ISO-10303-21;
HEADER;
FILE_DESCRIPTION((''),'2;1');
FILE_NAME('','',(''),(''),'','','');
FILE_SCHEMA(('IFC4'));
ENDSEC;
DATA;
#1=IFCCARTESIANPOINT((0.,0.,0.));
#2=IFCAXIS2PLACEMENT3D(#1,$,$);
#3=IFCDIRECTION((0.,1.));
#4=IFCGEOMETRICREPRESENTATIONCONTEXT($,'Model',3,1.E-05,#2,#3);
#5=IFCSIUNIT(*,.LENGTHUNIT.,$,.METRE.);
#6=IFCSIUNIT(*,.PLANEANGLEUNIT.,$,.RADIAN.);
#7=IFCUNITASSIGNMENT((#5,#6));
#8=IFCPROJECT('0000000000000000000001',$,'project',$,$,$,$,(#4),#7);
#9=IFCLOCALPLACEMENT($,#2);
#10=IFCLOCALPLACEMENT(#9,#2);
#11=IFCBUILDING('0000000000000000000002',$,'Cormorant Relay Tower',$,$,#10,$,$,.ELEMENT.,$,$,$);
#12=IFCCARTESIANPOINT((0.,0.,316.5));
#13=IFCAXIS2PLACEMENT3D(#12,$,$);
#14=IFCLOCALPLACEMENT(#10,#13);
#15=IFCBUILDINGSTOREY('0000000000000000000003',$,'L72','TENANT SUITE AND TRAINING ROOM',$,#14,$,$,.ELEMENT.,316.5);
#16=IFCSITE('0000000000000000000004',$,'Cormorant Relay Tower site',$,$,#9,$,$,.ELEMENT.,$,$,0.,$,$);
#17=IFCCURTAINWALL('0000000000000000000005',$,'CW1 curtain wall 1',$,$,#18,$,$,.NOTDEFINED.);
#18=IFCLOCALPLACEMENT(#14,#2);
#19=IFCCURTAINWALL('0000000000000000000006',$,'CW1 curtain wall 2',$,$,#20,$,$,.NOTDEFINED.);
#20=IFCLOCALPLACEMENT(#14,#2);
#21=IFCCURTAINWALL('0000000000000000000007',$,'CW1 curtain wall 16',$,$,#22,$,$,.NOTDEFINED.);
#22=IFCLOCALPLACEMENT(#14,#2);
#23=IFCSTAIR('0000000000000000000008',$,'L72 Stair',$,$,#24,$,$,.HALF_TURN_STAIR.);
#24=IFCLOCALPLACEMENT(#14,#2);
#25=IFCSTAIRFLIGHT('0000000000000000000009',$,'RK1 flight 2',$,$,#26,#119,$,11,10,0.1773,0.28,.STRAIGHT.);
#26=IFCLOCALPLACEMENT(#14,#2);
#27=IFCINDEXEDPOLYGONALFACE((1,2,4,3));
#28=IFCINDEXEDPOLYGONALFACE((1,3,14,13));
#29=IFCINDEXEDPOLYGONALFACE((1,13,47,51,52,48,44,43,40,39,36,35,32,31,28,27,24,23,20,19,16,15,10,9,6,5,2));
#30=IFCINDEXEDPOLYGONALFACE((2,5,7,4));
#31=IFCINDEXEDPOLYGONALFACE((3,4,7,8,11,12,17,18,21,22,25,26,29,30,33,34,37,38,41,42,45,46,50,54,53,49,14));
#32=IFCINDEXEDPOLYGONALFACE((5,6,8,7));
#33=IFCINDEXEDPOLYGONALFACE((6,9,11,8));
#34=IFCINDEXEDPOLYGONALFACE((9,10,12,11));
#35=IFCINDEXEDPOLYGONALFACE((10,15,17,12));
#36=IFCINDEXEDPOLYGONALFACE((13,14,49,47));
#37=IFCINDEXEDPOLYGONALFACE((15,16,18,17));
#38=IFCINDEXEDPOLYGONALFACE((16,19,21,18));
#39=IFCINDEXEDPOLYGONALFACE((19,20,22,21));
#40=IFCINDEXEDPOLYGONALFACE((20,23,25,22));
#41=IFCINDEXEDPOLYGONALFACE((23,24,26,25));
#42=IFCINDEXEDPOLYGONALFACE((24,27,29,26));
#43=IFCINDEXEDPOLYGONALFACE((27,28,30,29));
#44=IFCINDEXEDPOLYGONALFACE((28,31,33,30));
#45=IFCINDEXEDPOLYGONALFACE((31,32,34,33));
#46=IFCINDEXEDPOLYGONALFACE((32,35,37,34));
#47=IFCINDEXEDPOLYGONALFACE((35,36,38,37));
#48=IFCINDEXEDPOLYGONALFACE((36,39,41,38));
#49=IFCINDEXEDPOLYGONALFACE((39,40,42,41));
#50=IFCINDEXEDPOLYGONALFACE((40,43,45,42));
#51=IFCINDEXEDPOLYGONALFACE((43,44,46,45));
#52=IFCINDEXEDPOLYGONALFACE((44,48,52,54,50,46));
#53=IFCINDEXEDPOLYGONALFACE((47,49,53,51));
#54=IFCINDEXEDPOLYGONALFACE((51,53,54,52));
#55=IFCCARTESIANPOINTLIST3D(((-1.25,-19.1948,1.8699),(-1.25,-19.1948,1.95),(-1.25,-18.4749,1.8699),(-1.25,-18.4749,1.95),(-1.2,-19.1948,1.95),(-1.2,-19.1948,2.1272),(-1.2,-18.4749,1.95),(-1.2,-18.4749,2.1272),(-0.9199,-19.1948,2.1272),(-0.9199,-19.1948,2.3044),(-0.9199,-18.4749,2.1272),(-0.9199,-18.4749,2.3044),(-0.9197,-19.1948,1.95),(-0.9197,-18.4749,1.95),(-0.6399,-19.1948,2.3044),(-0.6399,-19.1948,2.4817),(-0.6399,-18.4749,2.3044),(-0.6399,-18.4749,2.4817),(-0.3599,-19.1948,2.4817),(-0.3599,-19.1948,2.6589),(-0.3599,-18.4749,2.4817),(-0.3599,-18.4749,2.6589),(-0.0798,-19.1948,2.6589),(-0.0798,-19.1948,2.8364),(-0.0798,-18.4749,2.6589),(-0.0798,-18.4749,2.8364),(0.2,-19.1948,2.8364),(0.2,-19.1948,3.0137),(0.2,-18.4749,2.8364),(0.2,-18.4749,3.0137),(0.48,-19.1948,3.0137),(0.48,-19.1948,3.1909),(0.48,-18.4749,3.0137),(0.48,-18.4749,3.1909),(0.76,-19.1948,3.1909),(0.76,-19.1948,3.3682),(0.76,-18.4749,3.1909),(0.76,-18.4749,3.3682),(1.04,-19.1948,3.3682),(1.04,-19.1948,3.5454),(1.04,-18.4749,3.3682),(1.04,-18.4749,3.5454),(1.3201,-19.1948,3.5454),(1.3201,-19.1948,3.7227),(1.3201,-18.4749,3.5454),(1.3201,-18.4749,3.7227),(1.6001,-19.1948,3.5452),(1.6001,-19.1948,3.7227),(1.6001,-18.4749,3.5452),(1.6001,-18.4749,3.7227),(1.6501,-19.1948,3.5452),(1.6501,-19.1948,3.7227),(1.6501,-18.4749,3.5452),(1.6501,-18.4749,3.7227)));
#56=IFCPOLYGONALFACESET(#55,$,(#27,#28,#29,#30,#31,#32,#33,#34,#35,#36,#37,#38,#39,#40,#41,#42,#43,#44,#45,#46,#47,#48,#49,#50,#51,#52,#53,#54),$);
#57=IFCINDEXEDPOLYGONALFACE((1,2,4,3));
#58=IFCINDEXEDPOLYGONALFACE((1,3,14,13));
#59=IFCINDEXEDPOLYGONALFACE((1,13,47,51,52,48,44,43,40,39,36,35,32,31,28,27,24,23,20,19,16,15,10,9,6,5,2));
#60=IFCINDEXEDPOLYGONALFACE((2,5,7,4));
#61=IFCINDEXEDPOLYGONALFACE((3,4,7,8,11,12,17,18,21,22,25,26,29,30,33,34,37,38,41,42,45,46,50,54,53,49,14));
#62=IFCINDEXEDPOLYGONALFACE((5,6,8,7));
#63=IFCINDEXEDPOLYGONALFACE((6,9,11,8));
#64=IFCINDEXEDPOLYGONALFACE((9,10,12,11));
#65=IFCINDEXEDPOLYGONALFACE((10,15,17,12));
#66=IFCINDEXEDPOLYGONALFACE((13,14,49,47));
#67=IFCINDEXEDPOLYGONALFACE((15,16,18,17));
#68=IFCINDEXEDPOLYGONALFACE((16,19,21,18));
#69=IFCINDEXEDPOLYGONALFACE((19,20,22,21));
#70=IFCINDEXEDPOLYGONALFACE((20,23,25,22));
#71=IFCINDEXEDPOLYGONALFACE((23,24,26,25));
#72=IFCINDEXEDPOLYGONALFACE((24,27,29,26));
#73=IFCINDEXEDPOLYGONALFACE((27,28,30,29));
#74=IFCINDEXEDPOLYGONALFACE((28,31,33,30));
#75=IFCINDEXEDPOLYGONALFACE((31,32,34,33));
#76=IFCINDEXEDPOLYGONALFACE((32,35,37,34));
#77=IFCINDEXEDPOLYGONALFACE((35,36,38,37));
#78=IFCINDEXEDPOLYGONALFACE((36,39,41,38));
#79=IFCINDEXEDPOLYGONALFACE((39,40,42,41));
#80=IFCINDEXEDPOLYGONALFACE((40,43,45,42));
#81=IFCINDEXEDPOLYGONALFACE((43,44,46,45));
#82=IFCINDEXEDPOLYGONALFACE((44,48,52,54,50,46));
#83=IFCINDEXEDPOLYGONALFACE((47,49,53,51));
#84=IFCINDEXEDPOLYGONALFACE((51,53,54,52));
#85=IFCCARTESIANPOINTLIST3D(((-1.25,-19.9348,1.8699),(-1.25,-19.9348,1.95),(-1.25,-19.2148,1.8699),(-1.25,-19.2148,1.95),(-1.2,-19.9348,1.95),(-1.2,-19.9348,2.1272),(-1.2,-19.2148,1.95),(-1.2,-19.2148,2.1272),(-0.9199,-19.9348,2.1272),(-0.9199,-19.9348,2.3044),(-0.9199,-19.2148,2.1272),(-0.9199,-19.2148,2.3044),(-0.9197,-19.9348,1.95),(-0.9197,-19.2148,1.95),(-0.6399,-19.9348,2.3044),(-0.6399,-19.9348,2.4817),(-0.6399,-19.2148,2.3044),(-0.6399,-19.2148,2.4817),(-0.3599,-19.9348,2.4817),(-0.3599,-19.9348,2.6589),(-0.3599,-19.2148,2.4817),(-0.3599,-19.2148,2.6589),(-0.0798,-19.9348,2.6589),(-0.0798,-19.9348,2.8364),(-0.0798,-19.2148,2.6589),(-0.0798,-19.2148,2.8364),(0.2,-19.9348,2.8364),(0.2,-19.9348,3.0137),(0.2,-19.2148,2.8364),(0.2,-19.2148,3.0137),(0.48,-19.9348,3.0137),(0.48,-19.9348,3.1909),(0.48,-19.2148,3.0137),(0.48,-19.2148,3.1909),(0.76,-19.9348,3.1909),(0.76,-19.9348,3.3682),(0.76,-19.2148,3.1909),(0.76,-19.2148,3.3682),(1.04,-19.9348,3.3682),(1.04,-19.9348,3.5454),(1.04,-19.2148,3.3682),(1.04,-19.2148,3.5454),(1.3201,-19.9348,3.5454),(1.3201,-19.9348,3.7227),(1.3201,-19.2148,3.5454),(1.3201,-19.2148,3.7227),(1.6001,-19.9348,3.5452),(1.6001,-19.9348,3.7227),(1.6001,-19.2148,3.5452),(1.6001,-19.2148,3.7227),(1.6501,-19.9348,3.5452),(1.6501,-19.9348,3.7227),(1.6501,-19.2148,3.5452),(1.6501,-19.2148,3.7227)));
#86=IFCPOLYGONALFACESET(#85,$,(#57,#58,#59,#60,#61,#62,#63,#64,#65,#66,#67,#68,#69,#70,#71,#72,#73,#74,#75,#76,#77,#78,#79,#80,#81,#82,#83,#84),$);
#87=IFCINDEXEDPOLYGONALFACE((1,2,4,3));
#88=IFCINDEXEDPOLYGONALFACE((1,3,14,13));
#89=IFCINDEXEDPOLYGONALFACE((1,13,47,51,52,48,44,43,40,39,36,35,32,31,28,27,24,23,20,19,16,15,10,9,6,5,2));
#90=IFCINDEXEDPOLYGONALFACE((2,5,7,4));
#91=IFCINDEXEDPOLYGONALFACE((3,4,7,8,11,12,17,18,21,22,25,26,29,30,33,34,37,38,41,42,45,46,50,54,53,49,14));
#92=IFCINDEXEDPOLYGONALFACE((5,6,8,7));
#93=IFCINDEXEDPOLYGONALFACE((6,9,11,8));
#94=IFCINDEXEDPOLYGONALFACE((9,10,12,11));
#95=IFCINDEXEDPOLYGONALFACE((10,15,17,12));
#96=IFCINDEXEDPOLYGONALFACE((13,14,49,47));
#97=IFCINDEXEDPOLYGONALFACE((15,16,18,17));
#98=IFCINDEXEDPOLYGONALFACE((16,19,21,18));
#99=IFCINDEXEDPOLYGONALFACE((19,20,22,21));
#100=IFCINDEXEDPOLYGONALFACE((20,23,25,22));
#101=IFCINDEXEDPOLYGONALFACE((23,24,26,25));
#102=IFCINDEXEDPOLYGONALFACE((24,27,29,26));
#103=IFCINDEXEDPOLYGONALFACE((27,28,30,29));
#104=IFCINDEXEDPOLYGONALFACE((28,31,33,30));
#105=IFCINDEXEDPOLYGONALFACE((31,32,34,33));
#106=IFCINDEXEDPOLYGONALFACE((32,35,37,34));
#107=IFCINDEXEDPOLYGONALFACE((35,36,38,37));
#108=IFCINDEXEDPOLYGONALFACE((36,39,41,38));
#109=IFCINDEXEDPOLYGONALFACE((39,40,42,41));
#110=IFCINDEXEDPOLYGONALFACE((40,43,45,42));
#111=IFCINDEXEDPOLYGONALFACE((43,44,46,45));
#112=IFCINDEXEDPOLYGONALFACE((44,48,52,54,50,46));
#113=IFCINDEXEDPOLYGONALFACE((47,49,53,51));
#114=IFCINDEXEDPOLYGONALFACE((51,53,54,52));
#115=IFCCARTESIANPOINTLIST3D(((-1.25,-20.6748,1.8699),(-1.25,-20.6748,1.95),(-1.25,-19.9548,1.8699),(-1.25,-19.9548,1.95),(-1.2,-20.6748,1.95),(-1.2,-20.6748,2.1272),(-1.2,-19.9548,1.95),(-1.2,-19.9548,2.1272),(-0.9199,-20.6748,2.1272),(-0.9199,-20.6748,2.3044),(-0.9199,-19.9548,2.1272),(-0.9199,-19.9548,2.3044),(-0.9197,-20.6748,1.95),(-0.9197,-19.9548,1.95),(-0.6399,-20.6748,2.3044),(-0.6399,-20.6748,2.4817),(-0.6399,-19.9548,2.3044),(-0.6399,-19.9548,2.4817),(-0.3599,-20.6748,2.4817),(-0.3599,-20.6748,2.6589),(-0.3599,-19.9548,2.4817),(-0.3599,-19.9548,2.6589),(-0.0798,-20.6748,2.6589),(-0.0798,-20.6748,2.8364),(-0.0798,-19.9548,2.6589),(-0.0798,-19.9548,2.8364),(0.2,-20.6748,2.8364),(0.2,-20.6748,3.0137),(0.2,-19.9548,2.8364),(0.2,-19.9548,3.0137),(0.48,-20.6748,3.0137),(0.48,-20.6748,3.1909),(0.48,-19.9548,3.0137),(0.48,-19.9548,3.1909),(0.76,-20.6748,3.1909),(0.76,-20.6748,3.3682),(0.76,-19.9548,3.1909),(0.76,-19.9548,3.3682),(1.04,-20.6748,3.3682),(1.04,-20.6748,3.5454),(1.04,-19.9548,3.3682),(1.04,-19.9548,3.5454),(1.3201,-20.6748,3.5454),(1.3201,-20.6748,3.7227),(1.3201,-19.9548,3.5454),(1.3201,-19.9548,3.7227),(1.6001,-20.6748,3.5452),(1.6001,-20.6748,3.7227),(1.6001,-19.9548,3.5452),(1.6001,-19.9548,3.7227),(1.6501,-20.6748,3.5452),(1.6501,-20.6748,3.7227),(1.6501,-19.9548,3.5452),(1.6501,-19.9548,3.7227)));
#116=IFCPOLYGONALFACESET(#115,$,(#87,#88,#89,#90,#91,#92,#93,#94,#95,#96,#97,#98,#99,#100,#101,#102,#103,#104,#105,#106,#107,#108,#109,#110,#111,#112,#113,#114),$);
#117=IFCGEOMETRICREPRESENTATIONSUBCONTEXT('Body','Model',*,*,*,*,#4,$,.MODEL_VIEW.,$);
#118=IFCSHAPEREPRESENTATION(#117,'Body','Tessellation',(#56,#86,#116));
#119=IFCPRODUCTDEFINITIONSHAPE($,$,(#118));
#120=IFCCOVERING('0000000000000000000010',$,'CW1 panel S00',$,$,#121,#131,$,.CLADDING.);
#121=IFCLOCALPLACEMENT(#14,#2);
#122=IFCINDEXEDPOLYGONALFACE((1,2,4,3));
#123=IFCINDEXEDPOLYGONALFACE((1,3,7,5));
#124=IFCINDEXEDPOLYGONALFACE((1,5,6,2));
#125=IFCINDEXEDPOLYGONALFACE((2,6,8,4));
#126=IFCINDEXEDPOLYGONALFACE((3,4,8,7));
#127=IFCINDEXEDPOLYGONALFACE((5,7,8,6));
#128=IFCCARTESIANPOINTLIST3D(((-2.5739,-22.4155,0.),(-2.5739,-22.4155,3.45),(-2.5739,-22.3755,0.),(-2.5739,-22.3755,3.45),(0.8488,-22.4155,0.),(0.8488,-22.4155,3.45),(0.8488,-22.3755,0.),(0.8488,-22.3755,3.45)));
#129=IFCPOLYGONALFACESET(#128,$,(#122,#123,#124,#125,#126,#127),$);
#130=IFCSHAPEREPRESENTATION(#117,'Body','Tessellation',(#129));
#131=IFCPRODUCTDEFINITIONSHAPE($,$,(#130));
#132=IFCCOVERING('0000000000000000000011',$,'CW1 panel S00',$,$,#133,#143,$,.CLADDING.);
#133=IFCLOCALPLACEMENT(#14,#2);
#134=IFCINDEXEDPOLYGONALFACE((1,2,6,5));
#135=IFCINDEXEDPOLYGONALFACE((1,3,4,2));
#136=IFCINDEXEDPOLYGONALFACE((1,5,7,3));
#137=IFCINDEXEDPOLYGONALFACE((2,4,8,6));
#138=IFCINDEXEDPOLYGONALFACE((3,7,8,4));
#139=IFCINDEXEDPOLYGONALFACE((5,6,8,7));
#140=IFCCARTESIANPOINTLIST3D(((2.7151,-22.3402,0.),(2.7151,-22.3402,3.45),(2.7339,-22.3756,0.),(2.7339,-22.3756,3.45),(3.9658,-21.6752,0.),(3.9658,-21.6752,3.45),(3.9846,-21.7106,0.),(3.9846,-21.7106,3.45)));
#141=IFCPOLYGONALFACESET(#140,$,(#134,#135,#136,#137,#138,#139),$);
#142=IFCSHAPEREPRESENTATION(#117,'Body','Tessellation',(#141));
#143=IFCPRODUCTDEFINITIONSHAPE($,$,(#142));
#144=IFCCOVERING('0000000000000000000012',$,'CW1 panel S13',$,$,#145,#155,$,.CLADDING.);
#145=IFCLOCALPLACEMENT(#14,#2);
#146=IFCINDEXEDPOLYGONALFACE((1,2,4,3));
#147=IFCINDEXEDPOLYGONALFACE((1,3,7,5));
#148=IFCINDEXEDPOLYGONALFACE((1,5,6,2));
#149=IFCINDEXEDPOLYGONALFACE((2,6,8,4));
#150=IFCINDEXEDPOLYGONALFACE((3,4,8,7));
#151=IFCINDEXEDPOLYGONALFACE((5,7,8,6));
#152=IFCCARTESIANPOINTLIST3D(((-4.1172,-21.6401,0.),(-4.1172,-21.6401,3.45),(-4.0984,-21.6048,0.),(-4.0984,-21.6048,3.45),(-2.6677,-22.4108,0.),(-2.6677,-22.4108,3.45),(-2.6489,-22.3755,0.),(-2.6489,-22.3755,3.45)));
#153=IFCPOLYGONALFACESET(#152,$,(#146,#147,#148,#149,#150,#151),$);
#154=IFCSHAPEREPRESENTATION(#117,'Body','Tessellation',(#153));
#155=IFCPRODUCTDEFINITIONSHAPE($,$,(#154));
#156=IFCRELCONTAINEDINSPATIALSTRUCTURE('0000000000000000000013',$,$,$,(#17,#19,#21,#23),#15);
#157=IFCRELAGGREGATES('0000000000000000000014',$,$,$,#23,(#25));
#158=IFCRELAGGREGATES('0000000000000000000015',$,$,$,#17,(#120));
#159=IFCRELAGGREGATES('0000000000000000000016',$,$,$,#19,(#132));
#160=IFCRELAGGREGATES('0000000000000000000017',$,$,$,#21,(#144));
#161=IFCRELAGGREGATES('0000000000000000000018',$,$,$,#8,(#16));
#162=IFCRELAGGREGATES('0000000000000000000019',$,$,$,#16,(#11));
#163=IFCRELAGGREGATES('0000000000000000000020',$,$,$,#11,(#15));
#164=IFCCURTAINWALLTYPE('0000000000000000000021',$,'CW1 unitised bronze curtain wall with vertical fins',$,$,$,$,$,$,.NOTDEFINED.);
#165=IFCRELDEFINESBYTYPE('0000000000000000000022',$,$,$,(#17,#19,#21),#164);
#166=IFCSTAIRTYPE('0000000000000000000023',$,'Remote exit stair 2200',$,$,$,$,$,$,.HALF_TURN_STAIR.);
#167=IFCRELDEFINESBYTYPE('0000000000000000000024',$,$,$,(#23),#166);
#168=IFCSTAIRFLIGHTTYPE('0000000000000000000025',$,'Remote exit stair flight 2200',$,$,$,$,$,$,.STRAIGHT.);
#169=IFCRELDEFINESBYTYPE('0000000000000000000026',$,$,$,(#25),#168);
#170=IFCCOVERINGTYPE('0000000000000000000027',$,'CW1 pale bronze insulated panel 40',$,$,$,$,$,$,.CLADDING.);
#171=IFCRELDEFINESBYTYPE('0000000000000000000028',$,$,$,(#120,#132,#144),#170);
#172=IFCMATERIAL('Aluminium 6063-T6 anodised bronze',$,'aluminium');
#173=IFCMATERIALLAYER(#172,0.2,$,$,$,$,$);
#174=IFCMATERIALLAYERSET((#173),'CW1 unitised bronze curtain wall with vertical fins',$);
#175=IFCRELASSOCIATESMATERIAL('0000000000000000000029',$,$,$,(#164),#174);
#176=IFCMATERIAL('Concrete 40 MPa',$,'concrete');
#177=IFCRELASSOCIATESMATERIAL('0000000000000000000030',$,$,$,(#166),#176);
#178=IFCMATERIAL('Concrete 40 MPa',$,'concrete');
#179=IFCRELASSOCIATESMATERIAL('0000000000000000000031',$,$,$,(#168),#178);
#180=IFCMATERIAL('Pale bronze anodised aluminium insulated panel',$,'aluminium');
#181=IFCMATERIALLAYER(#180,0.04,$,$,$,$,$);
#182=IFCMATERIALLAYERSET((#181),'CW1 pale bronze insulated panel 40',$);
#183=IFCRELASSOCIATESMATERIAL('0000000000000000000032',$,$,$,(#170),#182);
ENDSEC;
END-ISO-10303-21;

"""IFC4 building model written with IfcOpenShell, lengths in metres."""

from ifc_helpers import new_model, si_unit, direction, frame, origin, origin_2d, place, context, subcontext, project, spatial, polyline, rectangle, outline, extrude, material, layer, layer_set, type_object, element, aggregate, save


model = new_model("IFC4")

# Units and contexts
model_context = context("Model", 3, precision=1e-05, world=origin(), true_north=direction((0.0, 1.0)))
body_context = subcontext(model_context, "Body", "Model", "MODEL_VIEW")
ifc_project = project(units=[si_unit("LENGTHUNIT", "METRE"), si_unit("PLANEANGLEUNIT", "RADIAN")], contexts=[model_context])

# Site, building, storey
site_placement = place(None, origin())
site = spatial("IfcSite", under=ifc_project, at=site_placement, Name="Cormorant Relay Tower site", CompositionType="ELEMENT", RefElevation=0.0)
building_placement = place(site_placement, origin())
building = spatial("IfcBuilding", under=site, at=building_placement, Name="Cormorant Relay Tower", CompositionType="ELEMENT")
storey_placement = place(building_placement, frame((0.0, 0.0, 316.5)))
storey = spatial("IfcBuildingStorey", under=building, at=storey_placement, Name="L72", Description="TENANT SUITE AND TRAINING ROOM", CompositionType="ELEMENT", Elevation=316.5)

# Curtain wall
ifc_material_1 = material(Name="Aluminium 6063-T6 anodised bronze", Category="aluminium")
ifc_layer_1 = layer(ifc_material_1, 0.2)
ifc_layer_set_1 = layer_set([ifc_layer_1], Name="CW1 unitised bronze curtain wall with vertical fins")
curtain_wall_type = type_object("IfcCurtainWallType", Name="CW1 unitised bronze curtain wall with vertical fins", PredefinedType="NOTDEFINED", material=ifc_layer_set_1)
curtain_wall_1_placement = place(storey_placement, origin())
curtain_wall_1 = element("IfcCurtainWall", 1, at=curtain_wall_1_placement, inside=storey, type_object=curtain_wall_type, Name="CW1 curtain wall 1", PredefinedType="NOTDEFINED")

# Curtain wall
curtain_wall_2_placement = place(storey_placement, origin())
curtain_wall_2 = element("IfcCurtainWall", 2, at=curtain_wall_2_placement, inside=storey, type_object=curtain_wall_type, Name="CW1 curtain wall 2", PredefinedType="NOTDEFINED")

# Curtain wall
curtain_wall_3_placement = place(storey_placement, origin())
curtain_wall_3 = element("IfcCurtainWall", 3, at=curtain_wall_3_placement, inside=storey, type_object=curtain_wall_type, Name="CW1 curtain wall 16", PredefinedType="NOTDEFINED")

# Stair, stair flight
ifc_material_2 = material(Name="Concrete 40 MPa", Category="concrete")
stair_type = type_object("IfcStairType", Name="Remote exit stair 2200", PredefinedType="HALF_TURN_STAIR", material=ifc_material_2)
stair_placement = place(storey_placement, origin())
stair = element("IfcStair", 4, at=stair_placement, inside=storey, type_object=stair_type, Name="L72 Stair", PredefinedType="HALF_TURN_STAIR")
ifc_material_3 = material(Name="Concrete 40 MPa", Category="concrete")
stair_flight_type = type_object("IfcStairFlightType", Name="Remote exit stair flight 2200", PredefinedType="STRAIGHT", material=ifc_material_3)
stair_flight_placement = place(storey_placement, frame((-1.2, -19.575, 1.95), z_axis=(0.0, 0.0, 1.0), x_axis=(1.0, 0.0, 0.0)))
stair_flight = element("IfcStairFlight", 5, at=stair_flight_placement, type_object=stair_flight_type, Name="RK1 flight 2", NumberOfRisers=11, NumberOfTreads=10, PredefinedType="STRAIGHT", RiserHeight=0.1773, TreadLength=0.28, context=body_context, shape_type="SweptSolid", body=[
    extrude(outline(polyline([(-0.05, -0.0801), (-0.05, 0.0), (0.0, 0.0), (0.0, 0.1772), (0.28, 0.1772), (0.28, 0.3545), (0.5601, 0.3545), (0.5601, 0.5317), (0.8401, 0.5317), (0.8401, 0.709), (1.1201, 0.709), (1.1201, 0.8865), (1.3999, 0.8865), (1.3999, 1.0637), (1.6799, 1.0637), (1.6799, 1.241), (1.96, 1.241), (1.96, 1.4182), (2.24, 1.4182), (2.24, 1.5955), (2.52, 1.5955), (2.52, 1.7727), (2.8, 1.7727), (2.8501, 1.7727), (2.8501, 1.5952), (2.8, 1.5952), (0.2803, 0.0), (-0.05, -0.0801)])), frame((0.0, 1.1001, 0.0), z_axis=(0.0, -1.0, 0.0), x_axis=(1.0, 0.0, 0.0)), (0.0, 0.0, 1.0), 0.72),
    extrude(outline(polyline([(-0.05, -0.0801), (-0.05, 0.0), (0.0, 0.0), (0.0, 0.1772), (0.28, 0.1772), (0.28, 0.3545), (0.5601, 0.3545), (0.5601, 0.5317), (0.8401, 0.5317), (0.8401, 0.709), (1.1201, 0.709), (1.1201, 0.8865), (1.3999, 0.8865), (1.3999, 1.0637), (1.6799, 1.0637), (1.6799, 1.241), (1.96, 1.241), (1.96, 1.4182), (2.24, 1.4182), (2.24, 1.5955), (2.52, 1.5955), (2.52, 1.7727), (2.8, 1.7727), (2.8501, 1.7727), (2.8501, 1.5952), (2.8, 1.5952), (0.2803, 0.0), (-0.05, -0.0801)])), frame((0.0, 0.3601, 0.0), z_axis=(0.0, -1.0, 0.0), x_axis=(1.0, 0.0, 0.0)), (0.0, 0.0, 1.0), 0.72),
    extrude(outline(polyline([(-0.05, -0.0801), (-0.05, 0.0), (0.0, 0.0), (0.0, 0.1772), (0.28, 0.1772), (0.28, 0.3545), (0.5601, 0.3545), (0.5601, 0.5317), (0.8401, 0.5317), (0.8401, 0.709), (1.1201, 0.709), (1.1201, 0.8865), (1.3999, 0.8865), (1.3999, 1.0637), (1.6799, 1.0637), (1.6799, 1.241), (1.96, 1.241), (1.96, 1.4182), (2.24, 1.4182), (2.24, 1.5955), (2.52, 1.5955), (2.52, 1.7727), (2.8, 1.7727), (2.8501, 1.7727), (2.8501, 1.5952), (2.8, 1.5952), (0.2803, 0.0), (-0.05, -0.0801)])), frame((0.0, -0.3799, 0.0), z_axis=(0.0, -1.0, 0.0), x_axis=(1.0, 0.0, 0.0)), (0.0, 0.0, 1.0), 0.72),
])
aggregate(stair, [stair_flight])

# Coverings
ifc_material_4 = material(Name="Pale bronze anodised aluminium insulated panel", Category="aluminium")
ifc_layer_2 = layer(ifc_material_4, 0.04)
ifc_layer_set_2 = layer_set([ifc_layer_2], Name="CW1 pale bronze insulated panel 40")
covering_type = type_object("IfcCoveringType", Name="CW1 pale bronze insulated panel 40", PredefinedType="CLADDING", material=ifc_layer_set_2)
covering_1_placement = place(storey_placement, frame((-0.8625, -22.3955, 0.0), z_axis=(0.0, 0.0, 1.0), x_axis=(1.0, 0.0, 0.0)))
covering_1 = element("IfcCovering", 6, at=covering_1_placement, type_object=covering_type, Name="CW1 panel S00", PredefinedType="CLADDING", context=body_context, shape_type="SweptSolid", body=[
    extrude(rectangle(XDim=3.4226, YDim=0.04, at=origin_2d()), origin(), (0.0, 0.0, 1.0), 3.45),
])
aggregate(curtain_wall_1, [covering_1])
covering_2_placement = place(storey_placement, frame((3.3499, -22.0254, 0.0), z_axis=(0.0, 0.0, 1.0), x_axis=(0.882948, 0.469472, 0.0)))
covering_2 = element("IfcCovering", 7, at=covering_2_placement, type_object=covering_type, Name="CW1 panel S00", PredefinedType="CLADDING", context=body_context, shape_type="SweptSolid", body=[
    extrude(rectangle(XDim=1.4165, YDim=0.04, at=origin_2d()), origin(), (0.0, 0.0, 1.0), 3.45),
])
aggregate(curtain_wall_2, [covering_2])
covering_3_placement = place(storey_placement, frame((-3.3831, -22.0078, 0.0), z_axis=(0.0, 0.0, 1.0), x_axis=(0.882948, -0.469472, 0.0)))
covering_3 = element("IfcCovering", 8, at=covering_3_placement, type_object=covering_type, Name="CW1 panel S13", PredefinedType="CLADDING", context=body_context, shape_type="SweptSolid", body=[
    extrude(rectangle(XDim=1.6416, YDim=0.04, at=origin_2d()), origin(), (0.0, 0.0, 1.0), 3.45),
])
aggregate(curtain_wall_3, [covering_3])

save(model, "model.ifc")
